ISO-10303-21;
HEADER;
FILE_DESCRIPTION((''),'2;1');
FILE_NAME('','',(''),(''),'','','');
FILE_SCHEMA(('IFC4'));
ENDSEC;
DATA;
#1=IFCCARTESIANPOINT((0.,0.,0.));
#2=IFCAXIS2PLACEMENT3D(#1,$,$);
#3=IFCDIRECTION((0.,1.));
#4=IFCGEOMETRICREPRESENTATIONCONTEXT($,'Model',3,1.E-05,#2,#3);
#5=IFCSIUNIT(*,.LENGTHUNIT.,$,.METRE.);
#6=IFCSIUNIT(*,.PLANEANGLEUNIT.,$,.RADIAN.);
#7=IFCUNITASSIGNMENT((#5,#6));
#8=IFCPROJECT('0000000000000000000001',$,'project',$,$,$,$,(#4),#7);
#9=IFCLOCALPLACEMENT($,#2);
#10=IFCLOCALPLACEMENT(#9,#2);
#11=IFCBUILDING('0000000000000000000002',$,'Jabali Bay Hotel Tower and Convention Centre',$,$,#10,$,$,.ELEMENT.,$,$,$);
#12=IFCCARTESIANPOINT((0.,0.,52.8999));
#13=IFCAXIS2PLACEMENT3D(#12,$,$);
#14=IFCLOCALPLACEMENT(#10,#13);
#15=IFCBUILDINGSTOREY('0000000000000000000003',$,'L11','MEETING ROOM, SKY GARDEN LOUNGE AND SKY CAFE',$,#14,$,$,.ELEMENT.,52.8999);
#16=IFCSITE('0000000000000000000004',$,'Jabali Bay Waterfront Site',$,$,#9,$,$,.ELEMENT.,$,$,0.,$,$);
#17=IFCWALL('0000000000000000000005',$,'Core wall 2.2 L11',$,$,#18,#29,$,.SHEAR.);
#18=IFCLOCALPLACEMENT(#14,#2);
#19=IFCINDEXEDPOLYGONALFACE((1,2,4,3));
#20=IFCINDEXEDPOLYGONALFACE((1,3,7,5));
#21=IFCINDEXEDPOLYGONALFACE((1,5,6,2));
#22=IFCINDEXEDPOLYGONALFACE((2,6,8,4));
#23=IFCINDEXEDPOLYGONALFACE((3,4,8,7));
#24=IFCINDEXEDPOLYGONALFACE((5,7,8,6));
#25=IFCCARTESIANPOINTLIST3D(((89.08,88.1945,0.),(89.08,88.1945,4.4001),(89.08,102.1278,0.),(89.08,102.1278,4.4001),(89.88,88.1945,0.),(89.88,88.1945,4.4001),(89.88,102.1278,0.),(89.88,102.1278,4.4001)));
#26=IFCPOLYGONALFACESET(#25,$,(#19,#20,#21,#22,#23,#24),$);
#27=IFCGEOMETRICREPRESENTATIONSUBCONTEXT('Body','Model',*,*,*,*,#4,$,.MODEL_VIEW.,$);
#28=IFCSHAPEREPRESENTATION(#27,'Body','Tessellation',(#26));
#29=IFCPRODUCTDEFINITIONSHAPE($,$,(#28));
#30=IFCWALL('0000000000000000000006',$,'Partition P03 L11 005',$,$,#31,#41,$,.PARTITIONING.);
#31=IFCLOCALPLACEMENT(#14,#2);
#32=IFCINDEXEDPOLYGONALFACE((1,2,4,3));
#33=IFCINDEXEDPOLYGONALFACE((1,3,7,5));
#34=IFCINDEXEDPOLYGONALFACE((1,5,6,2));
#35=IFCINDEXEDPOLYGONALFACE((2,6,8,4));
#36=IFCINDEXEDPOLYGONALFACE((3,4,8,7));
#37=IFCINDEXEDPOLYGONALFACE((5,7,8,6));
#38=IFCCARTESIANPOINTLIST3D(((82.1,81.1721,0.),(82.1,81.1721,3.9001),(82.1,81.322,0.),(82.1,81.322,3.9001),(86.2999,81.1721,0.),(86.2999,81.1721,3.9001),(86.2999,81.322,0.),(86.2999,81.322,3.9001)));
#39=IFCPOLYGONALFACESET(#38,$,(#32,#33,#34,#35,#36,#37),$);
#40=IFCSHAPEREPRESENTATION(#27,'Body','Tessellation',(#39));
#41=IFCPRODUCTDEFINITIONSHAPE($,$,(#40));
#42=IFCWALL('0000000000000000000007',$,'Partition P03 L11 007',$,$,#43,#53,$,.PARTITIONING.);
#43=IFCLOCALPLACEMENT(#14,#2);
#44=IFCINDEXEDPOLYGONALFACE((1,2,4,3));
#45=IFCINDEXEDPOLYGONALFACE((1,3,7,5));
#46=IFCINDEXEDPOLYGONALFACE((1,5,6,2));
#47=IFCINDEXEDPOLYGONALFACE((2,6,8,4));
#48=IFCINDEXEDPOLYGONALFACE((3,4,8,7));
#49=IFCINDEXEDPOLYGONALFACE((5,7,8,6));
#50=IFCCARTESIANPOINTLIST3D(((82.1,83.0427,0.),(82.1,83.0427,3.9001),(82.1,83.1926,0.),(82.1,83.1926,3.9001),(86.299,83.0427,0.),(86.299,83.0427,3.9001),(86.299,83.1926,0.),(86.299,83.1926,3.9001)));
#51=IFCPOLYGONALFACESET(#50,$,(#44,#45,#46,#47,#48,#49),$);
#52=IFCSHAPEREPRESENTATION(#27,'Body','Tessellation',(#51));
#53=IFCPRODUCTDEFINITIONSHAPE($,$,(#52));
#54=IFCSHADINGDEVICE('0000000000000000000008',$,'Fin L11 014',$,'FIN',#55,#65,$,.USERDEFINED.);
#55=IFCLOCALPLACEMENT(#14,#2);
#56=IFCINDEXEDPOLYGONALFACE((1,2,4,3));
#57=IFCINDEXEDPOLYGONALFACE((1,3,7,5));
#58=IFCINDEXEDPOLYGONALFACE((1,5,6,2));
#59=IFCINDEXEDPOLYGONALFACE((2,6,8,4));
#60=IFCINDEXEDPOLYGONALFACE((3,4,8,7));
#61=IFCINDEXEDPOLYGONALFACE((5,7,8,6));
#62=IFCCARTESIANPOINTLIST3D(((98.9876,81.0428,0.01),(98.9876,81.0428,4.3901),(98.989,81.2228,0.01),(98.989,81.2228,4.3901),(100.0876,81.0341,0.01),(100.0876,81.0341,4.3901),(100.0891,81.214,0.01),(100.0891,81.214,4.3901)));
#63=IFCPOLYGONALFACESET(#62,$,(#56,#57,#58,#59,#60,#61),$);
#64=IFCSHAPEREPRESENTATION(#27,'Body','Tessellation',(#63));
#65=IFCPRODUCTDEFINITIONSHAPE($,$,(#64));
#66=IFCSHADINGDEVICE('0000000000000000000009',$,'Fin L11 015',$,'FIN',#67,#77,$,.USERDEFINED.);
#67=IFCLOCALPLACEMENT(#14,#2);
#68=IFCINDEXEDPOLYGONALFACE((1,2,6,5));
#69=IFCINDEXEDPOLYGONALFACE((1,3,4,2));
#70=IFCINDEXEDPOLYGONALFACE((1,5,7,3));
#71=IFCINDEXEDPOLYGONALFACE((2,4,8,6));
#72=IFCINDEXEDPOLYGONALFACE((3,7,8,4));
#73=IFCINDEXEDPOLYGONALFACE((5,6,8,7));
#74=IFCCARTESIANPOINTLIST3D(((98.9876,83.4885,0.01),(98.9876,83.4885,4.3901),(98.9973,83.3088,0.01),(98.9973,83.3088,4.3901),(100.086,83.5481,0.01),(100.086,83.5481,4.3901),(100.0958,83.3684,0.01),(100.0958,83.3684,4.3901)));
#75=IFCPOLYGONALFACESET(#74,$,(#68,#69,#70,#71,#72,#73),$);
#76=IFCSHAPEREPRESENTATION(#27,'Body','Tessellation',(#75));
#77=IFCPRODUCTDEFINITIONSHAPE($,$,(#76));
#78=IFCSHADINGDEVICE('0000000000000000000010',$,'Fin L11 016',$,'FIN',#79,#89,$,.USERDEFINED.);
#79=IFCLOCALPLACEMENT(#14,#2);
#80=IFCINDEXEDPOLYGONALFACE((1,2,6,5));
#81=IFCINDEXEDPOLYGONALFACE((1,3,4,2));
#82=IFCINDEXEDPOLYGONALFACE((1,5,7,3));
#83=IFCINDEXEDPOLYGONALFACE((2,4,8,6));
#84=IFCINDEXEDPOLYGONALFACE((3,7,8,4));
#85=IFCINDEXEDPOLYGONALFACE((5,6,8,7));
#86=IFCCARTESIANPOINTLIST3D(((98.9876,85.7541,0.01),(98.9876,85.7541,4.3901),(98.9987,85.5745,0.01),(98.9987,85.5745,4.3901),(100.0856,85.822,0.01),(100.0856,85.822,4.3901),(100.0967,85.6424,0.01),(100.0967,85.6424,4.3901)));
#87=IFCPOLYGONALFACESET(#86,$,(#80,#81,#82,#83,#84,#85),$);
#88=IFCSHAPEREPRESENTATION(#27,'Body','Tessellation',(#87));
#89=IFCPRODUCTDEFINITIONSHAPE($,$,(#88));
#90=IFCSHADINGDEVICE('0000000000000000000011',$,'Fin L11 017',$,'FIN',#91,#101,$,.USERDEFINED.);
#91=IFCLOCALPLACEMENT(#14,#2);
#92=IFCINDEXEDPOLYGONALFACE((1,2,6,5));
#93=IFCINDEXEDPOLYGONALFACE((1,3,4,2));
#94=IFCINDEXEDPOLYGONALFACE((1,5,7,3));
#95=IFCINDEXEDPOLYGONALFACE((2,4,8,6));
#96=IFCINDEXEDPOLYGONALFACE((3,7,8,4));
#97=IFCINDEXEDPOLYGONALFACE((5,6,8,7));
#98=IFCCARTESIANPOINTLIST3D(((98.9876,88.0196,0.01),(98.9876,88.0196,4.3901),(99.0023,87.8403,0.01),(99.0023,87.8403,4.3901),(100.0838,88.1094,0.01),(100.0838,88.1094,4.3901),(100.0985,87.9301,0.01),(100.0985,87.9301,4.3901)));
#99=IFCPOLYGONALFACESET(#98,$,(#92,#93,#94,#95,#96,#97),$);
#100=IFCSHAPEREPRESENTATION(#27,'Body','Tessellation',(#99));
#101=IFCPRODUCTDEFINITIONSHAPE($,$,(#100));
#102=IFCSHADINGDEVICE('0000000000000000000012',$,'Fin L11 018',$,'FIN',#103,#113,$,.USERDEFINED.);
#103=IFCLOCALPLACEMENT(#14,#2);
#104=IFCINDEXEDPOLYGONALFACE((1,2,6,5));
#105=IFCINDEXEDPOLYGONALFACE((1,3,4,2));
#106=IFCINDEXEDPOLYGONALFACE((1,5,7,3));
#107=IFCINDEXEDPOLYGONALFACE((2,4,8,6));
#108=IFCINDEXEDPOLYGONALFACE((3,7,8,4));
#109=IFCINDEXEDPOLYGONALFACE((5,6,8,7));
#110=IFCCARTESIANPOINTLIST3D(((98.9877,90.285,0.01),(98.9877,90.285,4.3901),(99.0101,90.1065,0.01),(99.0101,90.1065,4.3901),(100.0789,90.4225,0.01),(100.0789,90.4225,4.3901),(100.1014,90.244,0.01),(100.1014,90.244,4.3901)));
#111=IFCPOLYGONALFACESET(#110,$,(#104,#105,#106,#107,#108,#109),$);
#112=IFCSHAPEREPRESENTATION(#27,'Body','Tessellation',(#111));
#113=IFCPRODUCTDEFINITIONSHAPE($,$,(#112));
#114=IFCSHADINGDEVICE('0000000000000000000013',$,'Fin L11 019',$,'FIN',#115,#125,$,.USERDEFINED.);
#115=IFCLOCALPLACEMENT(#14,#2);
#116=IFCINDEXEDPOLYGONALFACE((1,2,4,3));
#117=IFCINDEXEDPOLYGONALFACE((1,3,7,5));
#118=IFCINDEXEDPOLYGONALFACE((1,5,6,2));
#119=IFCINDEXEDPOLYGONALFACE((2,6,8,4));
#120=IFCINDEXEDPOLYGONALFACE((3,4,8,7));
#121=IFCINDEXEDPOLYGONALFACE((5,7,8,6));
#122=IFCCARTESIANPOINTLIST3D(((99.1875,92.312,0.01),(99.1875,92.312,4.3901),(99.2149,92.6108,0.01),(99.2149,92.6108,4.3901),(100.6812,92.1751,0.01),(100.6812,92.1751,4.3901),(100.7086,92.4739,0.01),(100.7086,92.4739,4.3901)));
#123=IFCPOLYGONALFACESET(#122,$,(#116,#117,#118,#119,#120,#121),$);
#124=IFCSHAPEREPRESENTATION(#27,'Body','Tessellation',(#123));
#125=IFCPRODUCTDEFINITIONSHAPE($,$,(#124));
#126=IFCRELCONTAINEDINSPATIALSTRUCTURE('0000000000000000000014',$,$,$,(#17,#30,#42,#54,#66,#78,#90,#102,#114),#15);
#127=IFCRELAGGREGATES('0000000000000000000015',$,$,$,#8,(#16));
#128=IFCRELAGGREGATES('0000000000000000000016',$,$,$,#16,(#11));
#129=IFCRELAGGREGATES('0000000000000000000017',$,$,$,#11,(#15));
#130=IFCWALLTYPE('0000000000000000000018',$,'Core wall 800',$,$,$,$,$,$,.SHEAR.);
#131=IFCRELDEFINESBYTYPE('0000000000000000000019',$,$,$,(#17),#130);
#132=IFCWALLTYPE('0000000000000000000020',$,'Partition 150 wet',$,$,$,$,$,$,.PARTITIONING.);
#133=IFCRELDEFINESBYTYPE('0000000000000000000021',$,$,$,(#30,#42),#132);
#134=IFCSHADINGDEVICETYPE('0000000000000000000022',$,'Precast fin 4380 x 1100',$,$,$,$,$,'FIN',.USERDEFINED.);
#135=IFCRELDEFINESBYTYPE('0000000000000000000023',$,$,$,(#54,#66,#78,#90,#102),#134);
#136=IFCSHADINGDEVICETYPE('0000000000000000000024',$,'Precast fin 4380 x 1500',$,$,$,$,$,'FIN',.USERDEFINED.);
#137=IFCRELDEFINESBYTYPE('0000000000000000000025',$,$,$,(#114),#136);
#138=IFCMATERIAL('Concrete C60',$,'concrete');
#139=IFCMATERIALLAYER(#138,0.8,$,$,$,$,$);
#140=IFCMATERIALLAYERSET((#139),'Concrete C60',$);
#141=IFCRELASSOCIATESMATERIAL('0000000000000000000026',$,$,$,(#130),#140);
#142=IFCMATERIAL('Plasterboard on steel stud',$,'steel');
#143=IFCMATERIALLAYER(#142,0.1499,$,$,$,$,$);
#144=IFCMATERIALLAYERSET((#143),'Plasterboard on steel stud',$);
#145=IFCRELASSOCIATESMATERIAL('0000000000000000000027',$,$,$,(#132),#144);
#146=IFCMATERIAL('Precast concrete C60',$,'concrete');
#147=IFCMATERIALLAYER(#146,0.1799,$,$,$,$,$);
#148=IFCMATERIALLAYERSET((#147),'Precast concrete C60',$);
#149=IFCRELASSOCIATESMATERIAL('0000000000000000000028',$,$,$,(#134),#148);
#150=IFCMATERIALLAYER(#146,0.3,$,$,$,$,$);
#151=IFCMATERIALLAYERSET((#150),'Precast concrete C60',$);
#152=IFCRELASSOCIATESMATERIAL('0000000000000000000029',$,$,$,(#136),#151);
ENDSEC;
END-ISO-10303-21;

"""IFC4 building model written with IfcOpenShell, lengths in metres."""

from ifc_helpers import new_model, si_unit, direction, frame, frame_2d, origin, place, context, subcontext, project, spatial, rectangle, extrude, material, layer, layer_set, type_object, element, save


model = new_model("IFC4")

# Units and contexts
model_context = context("Model", 3, precision=1e-05, world=origin(), true_north=direction((0.0, 1.0)))
body_context = subcontext(model_context, "Body", "Model", "MODEL_VIEW")
ifc_project = project(units=[si_unit("LENGTHUNIT", "METRE"), si_unit("PLANEANGLEUNIT", "RADIAN")], contexts=[model_context])

# Site, building, storey
site_placement = place(None, origin())
site = spatial("IfcSite", under=ifc_project, at=site_placement, Name="Jabali Bay Waterfront Site", CompositionType="ELEMENT", RefElevation=0.0)
building_placement = place(site_placement, origin())
building = spatial("IfcBuilding", under=site, at=building_placement, Name="Jabali Bay Hotel Tower and Convention Centre", CompositionType="ELEMENT")
storey_placement = place(building_placement, frame((0.0, 0.0, 52.8999)))
storey = spatial("IfcBuildingStorey", under=building, at=storey_placement, Name="L11", Description="MEETING ROOM, SKY GARDEN LOUNGE AND SKY CAFE", CompositionType="ELEMENT", Elevation=52.8999)

# Shared definitions
ifc_material_1 = material(Name="Concrete C60", Category="concrete")

# Walls
ifc_layer_1 = layer(ifc_material_1, 0.8)
ifc_layer_set_1 = layer_set([ifc_layer_1], Name="Concrete C60")
wall_type_1 = type_object("IfcWallType", Name="Core wall 800", PredefinedType="SHEAR", material=ifc_layer_set_1)
wall_1_placement = place(storey_placement, frame((89.48, 88.1943, 0.0), z_axis=(0.0, 0.0, 1.0), x_axis=(0.0, 1.0, 0.0)))
element("IfcWall", 1, at=wall_1_placement, inside=storey, type_object=wall_type_1, Name="Core wall 2.2 L11", PredefinedType="SHEAR", context=body_context, shape_type="SweptSolid", body=[
    extrude(rectangle(XDim=13.9333, YDim=0.8, at=frame_2d((6.9668, 0.0))), origin(), (0.0, 0.0, 1.0), 4.4001),
])
ifc_material_2 = material(Name="Plasterboard on steel stud", Category="steel")
ifc_layer_2 = layer(ifc_material_2, 0.1499)
ifc_layer_set_2 = layer_set([ifc_layer_2], Name="Plasterboard on steel stud")
wall_type_2 = type_object("IfcWallType", Name="Partition 150 wet", PredefinedType="PARTITIONING", material=ifc_layer_set_2)
wall_2_placement = place(storey_placement, frame((86.3, 81.2471, 0.0), z_axis=(0.0, 0.0, 1.0), x_axis=(-1.0, 0.0, 0.0)))
element("IfcWall", 2, at=wall_2_placement, inside=storey, type_object=wall_type_2, Name="Partition P03 L11 005", PredefinedType="PARTITIONING", context=body_context, shape_type="SweptSolid", body=[
    extrude(rectangle(XDim=4.2, YDim=0.1499, at=frame_2d((2.1001, 0.0))), origin(), (0.0, 0.0, 1.0), 3.9001),
])
wall_3_placement = place(storey_placement, frame((86.2991, 83.1177, 0.0), z_axis=(0.0, 0.0, 1.0), x_axis=(-1.0, 0.0, 0.0)))
element("IfcWall", 3, at=wall_3_placement, inside=storey, type_object=wall_type_2, Name="Partition P03 L11 007", PredefinedType="PARTITIONING", context=body_context, shape_type="SweptSolid", body=[
    extrude(rectangle(XDim=4.199, YDim=0.1499, at=frame_2d((2.0996, 0.0))), origin(), (0.0, 0.0, 1.0), 3.9001),
])

# Shading devices
ifc_material_3 = material(Name="Precast concrete C60", Category="concrete")
ifc_layer_3 = layer(ifc_material_3, 0.1799)
ifc_layer_set_3 = layer_set([ifc_layer_3], Name="Precast concrete C60")
shading_device_type_1 = type_object("IfcShadingDeviceType", Name="Precast fin 4380 x 1100", ElementType="FIN", PredefinedType="USERDEFINED", material=ifc_layer_set_3)
for number, where, z_axis, x_axis, name in (
    (4, (98.9883, 81.1328, 0.01), (0.0, 0.0, 1.0), (0.999968, -0.007989, 0.0), "Fin L11 014"),
    (5, (98.9924, 83.3987, 0.01), (0.0, 0.0, 1.0), (0.998533, 0.054155, 0.0), "Fin L11 015"),
    (6, (98.9932, 85.6643, 0.01), (0.0, 0.0, 1.0), (0.998095, 0.061701, 0.0), "Fin L11 016"),
):
    element("IfcShadingDevice", number, at=place(storey_placement, frame(where, z_axis=z_axis, x_axis=x_axis)), inside=storey, type_object=shading_device_type_1, Name=name, ObjectType="FIN", PredefinedType="USERDEFINED", context=body_context, shape_type="SweptSolid", body=[
        extrude(rectangle(XDim=1.1001, YDim=0.1799, at=frame_2d((0.55, 0.0))), origin(), (0.0, 0.0, 1.0), 4.3801),
    ])
for number, where, z_axis, x_axis, name in (
    (7, (98.9951, 87.9299, 0.01), (0.0, 0.0, 1.0), (0.996658, 0.081686, 0.0), "Fin L11 017"),
    (8, (98.999, 90.1958, 0.01), (0.0, 0.0, 1.0), (0.992161, 0.124963, 0.0), "Fin L11 018"),
):
    element("IfcShadingDevice", number, at=place(storey_placement, frame(where, z_axis=z_axis, x_axis=x_axis)), inside=storey, type_object=shading_device_type_1, Name=name, ObjectType="FIN", PredefinedType="USERDEFINED", context=body_context, shape_type="SweptSolid", body=[
        extrude(rectangle(XDim=1.0999, YDim=0.1799, at=frame_2d((0.5498, 0.0))), origin(), (0.0, 0.0, 1.0), 4.3801),
    ])
ifc_layer_4 = layer(ifc_material_3, 0.3)
ifc_layer_set_4 = layer_set([ifc_layer_4], Name="Precast concrete C60")
shading_device_type_2 = type_object("IfcShadingDeviceType", Name="Precast fin 4380 x 1500", ElementType="FIN", PredefinedType="USERDEFINED", material=ifc_layer_set_4)
shading_device_placement = place(storey_placement, frame((99.2012, 92.4614, 0.01), z_axis=(0.0, 0.0, 1.0), x_axis=(0.995822, -0.091314, 0.0)))
element("IfcShadingDevice", 9, at=shading_device_placement, inside=storey, type_object=shading_device_type_2, Name="Fin L11 019", ObjectType="FIN", PredefinedType="USERDEFINED", context=body_context, shape_type="SweptSolid", body=[
    extrude(rectangle(XDim=1.5, YDim=0.3, at=frame_2d((0.75, 0.0))), origin(), (0.0, 0.0, 1.0), 4.3801),
])

save(model, "model.ifc")
